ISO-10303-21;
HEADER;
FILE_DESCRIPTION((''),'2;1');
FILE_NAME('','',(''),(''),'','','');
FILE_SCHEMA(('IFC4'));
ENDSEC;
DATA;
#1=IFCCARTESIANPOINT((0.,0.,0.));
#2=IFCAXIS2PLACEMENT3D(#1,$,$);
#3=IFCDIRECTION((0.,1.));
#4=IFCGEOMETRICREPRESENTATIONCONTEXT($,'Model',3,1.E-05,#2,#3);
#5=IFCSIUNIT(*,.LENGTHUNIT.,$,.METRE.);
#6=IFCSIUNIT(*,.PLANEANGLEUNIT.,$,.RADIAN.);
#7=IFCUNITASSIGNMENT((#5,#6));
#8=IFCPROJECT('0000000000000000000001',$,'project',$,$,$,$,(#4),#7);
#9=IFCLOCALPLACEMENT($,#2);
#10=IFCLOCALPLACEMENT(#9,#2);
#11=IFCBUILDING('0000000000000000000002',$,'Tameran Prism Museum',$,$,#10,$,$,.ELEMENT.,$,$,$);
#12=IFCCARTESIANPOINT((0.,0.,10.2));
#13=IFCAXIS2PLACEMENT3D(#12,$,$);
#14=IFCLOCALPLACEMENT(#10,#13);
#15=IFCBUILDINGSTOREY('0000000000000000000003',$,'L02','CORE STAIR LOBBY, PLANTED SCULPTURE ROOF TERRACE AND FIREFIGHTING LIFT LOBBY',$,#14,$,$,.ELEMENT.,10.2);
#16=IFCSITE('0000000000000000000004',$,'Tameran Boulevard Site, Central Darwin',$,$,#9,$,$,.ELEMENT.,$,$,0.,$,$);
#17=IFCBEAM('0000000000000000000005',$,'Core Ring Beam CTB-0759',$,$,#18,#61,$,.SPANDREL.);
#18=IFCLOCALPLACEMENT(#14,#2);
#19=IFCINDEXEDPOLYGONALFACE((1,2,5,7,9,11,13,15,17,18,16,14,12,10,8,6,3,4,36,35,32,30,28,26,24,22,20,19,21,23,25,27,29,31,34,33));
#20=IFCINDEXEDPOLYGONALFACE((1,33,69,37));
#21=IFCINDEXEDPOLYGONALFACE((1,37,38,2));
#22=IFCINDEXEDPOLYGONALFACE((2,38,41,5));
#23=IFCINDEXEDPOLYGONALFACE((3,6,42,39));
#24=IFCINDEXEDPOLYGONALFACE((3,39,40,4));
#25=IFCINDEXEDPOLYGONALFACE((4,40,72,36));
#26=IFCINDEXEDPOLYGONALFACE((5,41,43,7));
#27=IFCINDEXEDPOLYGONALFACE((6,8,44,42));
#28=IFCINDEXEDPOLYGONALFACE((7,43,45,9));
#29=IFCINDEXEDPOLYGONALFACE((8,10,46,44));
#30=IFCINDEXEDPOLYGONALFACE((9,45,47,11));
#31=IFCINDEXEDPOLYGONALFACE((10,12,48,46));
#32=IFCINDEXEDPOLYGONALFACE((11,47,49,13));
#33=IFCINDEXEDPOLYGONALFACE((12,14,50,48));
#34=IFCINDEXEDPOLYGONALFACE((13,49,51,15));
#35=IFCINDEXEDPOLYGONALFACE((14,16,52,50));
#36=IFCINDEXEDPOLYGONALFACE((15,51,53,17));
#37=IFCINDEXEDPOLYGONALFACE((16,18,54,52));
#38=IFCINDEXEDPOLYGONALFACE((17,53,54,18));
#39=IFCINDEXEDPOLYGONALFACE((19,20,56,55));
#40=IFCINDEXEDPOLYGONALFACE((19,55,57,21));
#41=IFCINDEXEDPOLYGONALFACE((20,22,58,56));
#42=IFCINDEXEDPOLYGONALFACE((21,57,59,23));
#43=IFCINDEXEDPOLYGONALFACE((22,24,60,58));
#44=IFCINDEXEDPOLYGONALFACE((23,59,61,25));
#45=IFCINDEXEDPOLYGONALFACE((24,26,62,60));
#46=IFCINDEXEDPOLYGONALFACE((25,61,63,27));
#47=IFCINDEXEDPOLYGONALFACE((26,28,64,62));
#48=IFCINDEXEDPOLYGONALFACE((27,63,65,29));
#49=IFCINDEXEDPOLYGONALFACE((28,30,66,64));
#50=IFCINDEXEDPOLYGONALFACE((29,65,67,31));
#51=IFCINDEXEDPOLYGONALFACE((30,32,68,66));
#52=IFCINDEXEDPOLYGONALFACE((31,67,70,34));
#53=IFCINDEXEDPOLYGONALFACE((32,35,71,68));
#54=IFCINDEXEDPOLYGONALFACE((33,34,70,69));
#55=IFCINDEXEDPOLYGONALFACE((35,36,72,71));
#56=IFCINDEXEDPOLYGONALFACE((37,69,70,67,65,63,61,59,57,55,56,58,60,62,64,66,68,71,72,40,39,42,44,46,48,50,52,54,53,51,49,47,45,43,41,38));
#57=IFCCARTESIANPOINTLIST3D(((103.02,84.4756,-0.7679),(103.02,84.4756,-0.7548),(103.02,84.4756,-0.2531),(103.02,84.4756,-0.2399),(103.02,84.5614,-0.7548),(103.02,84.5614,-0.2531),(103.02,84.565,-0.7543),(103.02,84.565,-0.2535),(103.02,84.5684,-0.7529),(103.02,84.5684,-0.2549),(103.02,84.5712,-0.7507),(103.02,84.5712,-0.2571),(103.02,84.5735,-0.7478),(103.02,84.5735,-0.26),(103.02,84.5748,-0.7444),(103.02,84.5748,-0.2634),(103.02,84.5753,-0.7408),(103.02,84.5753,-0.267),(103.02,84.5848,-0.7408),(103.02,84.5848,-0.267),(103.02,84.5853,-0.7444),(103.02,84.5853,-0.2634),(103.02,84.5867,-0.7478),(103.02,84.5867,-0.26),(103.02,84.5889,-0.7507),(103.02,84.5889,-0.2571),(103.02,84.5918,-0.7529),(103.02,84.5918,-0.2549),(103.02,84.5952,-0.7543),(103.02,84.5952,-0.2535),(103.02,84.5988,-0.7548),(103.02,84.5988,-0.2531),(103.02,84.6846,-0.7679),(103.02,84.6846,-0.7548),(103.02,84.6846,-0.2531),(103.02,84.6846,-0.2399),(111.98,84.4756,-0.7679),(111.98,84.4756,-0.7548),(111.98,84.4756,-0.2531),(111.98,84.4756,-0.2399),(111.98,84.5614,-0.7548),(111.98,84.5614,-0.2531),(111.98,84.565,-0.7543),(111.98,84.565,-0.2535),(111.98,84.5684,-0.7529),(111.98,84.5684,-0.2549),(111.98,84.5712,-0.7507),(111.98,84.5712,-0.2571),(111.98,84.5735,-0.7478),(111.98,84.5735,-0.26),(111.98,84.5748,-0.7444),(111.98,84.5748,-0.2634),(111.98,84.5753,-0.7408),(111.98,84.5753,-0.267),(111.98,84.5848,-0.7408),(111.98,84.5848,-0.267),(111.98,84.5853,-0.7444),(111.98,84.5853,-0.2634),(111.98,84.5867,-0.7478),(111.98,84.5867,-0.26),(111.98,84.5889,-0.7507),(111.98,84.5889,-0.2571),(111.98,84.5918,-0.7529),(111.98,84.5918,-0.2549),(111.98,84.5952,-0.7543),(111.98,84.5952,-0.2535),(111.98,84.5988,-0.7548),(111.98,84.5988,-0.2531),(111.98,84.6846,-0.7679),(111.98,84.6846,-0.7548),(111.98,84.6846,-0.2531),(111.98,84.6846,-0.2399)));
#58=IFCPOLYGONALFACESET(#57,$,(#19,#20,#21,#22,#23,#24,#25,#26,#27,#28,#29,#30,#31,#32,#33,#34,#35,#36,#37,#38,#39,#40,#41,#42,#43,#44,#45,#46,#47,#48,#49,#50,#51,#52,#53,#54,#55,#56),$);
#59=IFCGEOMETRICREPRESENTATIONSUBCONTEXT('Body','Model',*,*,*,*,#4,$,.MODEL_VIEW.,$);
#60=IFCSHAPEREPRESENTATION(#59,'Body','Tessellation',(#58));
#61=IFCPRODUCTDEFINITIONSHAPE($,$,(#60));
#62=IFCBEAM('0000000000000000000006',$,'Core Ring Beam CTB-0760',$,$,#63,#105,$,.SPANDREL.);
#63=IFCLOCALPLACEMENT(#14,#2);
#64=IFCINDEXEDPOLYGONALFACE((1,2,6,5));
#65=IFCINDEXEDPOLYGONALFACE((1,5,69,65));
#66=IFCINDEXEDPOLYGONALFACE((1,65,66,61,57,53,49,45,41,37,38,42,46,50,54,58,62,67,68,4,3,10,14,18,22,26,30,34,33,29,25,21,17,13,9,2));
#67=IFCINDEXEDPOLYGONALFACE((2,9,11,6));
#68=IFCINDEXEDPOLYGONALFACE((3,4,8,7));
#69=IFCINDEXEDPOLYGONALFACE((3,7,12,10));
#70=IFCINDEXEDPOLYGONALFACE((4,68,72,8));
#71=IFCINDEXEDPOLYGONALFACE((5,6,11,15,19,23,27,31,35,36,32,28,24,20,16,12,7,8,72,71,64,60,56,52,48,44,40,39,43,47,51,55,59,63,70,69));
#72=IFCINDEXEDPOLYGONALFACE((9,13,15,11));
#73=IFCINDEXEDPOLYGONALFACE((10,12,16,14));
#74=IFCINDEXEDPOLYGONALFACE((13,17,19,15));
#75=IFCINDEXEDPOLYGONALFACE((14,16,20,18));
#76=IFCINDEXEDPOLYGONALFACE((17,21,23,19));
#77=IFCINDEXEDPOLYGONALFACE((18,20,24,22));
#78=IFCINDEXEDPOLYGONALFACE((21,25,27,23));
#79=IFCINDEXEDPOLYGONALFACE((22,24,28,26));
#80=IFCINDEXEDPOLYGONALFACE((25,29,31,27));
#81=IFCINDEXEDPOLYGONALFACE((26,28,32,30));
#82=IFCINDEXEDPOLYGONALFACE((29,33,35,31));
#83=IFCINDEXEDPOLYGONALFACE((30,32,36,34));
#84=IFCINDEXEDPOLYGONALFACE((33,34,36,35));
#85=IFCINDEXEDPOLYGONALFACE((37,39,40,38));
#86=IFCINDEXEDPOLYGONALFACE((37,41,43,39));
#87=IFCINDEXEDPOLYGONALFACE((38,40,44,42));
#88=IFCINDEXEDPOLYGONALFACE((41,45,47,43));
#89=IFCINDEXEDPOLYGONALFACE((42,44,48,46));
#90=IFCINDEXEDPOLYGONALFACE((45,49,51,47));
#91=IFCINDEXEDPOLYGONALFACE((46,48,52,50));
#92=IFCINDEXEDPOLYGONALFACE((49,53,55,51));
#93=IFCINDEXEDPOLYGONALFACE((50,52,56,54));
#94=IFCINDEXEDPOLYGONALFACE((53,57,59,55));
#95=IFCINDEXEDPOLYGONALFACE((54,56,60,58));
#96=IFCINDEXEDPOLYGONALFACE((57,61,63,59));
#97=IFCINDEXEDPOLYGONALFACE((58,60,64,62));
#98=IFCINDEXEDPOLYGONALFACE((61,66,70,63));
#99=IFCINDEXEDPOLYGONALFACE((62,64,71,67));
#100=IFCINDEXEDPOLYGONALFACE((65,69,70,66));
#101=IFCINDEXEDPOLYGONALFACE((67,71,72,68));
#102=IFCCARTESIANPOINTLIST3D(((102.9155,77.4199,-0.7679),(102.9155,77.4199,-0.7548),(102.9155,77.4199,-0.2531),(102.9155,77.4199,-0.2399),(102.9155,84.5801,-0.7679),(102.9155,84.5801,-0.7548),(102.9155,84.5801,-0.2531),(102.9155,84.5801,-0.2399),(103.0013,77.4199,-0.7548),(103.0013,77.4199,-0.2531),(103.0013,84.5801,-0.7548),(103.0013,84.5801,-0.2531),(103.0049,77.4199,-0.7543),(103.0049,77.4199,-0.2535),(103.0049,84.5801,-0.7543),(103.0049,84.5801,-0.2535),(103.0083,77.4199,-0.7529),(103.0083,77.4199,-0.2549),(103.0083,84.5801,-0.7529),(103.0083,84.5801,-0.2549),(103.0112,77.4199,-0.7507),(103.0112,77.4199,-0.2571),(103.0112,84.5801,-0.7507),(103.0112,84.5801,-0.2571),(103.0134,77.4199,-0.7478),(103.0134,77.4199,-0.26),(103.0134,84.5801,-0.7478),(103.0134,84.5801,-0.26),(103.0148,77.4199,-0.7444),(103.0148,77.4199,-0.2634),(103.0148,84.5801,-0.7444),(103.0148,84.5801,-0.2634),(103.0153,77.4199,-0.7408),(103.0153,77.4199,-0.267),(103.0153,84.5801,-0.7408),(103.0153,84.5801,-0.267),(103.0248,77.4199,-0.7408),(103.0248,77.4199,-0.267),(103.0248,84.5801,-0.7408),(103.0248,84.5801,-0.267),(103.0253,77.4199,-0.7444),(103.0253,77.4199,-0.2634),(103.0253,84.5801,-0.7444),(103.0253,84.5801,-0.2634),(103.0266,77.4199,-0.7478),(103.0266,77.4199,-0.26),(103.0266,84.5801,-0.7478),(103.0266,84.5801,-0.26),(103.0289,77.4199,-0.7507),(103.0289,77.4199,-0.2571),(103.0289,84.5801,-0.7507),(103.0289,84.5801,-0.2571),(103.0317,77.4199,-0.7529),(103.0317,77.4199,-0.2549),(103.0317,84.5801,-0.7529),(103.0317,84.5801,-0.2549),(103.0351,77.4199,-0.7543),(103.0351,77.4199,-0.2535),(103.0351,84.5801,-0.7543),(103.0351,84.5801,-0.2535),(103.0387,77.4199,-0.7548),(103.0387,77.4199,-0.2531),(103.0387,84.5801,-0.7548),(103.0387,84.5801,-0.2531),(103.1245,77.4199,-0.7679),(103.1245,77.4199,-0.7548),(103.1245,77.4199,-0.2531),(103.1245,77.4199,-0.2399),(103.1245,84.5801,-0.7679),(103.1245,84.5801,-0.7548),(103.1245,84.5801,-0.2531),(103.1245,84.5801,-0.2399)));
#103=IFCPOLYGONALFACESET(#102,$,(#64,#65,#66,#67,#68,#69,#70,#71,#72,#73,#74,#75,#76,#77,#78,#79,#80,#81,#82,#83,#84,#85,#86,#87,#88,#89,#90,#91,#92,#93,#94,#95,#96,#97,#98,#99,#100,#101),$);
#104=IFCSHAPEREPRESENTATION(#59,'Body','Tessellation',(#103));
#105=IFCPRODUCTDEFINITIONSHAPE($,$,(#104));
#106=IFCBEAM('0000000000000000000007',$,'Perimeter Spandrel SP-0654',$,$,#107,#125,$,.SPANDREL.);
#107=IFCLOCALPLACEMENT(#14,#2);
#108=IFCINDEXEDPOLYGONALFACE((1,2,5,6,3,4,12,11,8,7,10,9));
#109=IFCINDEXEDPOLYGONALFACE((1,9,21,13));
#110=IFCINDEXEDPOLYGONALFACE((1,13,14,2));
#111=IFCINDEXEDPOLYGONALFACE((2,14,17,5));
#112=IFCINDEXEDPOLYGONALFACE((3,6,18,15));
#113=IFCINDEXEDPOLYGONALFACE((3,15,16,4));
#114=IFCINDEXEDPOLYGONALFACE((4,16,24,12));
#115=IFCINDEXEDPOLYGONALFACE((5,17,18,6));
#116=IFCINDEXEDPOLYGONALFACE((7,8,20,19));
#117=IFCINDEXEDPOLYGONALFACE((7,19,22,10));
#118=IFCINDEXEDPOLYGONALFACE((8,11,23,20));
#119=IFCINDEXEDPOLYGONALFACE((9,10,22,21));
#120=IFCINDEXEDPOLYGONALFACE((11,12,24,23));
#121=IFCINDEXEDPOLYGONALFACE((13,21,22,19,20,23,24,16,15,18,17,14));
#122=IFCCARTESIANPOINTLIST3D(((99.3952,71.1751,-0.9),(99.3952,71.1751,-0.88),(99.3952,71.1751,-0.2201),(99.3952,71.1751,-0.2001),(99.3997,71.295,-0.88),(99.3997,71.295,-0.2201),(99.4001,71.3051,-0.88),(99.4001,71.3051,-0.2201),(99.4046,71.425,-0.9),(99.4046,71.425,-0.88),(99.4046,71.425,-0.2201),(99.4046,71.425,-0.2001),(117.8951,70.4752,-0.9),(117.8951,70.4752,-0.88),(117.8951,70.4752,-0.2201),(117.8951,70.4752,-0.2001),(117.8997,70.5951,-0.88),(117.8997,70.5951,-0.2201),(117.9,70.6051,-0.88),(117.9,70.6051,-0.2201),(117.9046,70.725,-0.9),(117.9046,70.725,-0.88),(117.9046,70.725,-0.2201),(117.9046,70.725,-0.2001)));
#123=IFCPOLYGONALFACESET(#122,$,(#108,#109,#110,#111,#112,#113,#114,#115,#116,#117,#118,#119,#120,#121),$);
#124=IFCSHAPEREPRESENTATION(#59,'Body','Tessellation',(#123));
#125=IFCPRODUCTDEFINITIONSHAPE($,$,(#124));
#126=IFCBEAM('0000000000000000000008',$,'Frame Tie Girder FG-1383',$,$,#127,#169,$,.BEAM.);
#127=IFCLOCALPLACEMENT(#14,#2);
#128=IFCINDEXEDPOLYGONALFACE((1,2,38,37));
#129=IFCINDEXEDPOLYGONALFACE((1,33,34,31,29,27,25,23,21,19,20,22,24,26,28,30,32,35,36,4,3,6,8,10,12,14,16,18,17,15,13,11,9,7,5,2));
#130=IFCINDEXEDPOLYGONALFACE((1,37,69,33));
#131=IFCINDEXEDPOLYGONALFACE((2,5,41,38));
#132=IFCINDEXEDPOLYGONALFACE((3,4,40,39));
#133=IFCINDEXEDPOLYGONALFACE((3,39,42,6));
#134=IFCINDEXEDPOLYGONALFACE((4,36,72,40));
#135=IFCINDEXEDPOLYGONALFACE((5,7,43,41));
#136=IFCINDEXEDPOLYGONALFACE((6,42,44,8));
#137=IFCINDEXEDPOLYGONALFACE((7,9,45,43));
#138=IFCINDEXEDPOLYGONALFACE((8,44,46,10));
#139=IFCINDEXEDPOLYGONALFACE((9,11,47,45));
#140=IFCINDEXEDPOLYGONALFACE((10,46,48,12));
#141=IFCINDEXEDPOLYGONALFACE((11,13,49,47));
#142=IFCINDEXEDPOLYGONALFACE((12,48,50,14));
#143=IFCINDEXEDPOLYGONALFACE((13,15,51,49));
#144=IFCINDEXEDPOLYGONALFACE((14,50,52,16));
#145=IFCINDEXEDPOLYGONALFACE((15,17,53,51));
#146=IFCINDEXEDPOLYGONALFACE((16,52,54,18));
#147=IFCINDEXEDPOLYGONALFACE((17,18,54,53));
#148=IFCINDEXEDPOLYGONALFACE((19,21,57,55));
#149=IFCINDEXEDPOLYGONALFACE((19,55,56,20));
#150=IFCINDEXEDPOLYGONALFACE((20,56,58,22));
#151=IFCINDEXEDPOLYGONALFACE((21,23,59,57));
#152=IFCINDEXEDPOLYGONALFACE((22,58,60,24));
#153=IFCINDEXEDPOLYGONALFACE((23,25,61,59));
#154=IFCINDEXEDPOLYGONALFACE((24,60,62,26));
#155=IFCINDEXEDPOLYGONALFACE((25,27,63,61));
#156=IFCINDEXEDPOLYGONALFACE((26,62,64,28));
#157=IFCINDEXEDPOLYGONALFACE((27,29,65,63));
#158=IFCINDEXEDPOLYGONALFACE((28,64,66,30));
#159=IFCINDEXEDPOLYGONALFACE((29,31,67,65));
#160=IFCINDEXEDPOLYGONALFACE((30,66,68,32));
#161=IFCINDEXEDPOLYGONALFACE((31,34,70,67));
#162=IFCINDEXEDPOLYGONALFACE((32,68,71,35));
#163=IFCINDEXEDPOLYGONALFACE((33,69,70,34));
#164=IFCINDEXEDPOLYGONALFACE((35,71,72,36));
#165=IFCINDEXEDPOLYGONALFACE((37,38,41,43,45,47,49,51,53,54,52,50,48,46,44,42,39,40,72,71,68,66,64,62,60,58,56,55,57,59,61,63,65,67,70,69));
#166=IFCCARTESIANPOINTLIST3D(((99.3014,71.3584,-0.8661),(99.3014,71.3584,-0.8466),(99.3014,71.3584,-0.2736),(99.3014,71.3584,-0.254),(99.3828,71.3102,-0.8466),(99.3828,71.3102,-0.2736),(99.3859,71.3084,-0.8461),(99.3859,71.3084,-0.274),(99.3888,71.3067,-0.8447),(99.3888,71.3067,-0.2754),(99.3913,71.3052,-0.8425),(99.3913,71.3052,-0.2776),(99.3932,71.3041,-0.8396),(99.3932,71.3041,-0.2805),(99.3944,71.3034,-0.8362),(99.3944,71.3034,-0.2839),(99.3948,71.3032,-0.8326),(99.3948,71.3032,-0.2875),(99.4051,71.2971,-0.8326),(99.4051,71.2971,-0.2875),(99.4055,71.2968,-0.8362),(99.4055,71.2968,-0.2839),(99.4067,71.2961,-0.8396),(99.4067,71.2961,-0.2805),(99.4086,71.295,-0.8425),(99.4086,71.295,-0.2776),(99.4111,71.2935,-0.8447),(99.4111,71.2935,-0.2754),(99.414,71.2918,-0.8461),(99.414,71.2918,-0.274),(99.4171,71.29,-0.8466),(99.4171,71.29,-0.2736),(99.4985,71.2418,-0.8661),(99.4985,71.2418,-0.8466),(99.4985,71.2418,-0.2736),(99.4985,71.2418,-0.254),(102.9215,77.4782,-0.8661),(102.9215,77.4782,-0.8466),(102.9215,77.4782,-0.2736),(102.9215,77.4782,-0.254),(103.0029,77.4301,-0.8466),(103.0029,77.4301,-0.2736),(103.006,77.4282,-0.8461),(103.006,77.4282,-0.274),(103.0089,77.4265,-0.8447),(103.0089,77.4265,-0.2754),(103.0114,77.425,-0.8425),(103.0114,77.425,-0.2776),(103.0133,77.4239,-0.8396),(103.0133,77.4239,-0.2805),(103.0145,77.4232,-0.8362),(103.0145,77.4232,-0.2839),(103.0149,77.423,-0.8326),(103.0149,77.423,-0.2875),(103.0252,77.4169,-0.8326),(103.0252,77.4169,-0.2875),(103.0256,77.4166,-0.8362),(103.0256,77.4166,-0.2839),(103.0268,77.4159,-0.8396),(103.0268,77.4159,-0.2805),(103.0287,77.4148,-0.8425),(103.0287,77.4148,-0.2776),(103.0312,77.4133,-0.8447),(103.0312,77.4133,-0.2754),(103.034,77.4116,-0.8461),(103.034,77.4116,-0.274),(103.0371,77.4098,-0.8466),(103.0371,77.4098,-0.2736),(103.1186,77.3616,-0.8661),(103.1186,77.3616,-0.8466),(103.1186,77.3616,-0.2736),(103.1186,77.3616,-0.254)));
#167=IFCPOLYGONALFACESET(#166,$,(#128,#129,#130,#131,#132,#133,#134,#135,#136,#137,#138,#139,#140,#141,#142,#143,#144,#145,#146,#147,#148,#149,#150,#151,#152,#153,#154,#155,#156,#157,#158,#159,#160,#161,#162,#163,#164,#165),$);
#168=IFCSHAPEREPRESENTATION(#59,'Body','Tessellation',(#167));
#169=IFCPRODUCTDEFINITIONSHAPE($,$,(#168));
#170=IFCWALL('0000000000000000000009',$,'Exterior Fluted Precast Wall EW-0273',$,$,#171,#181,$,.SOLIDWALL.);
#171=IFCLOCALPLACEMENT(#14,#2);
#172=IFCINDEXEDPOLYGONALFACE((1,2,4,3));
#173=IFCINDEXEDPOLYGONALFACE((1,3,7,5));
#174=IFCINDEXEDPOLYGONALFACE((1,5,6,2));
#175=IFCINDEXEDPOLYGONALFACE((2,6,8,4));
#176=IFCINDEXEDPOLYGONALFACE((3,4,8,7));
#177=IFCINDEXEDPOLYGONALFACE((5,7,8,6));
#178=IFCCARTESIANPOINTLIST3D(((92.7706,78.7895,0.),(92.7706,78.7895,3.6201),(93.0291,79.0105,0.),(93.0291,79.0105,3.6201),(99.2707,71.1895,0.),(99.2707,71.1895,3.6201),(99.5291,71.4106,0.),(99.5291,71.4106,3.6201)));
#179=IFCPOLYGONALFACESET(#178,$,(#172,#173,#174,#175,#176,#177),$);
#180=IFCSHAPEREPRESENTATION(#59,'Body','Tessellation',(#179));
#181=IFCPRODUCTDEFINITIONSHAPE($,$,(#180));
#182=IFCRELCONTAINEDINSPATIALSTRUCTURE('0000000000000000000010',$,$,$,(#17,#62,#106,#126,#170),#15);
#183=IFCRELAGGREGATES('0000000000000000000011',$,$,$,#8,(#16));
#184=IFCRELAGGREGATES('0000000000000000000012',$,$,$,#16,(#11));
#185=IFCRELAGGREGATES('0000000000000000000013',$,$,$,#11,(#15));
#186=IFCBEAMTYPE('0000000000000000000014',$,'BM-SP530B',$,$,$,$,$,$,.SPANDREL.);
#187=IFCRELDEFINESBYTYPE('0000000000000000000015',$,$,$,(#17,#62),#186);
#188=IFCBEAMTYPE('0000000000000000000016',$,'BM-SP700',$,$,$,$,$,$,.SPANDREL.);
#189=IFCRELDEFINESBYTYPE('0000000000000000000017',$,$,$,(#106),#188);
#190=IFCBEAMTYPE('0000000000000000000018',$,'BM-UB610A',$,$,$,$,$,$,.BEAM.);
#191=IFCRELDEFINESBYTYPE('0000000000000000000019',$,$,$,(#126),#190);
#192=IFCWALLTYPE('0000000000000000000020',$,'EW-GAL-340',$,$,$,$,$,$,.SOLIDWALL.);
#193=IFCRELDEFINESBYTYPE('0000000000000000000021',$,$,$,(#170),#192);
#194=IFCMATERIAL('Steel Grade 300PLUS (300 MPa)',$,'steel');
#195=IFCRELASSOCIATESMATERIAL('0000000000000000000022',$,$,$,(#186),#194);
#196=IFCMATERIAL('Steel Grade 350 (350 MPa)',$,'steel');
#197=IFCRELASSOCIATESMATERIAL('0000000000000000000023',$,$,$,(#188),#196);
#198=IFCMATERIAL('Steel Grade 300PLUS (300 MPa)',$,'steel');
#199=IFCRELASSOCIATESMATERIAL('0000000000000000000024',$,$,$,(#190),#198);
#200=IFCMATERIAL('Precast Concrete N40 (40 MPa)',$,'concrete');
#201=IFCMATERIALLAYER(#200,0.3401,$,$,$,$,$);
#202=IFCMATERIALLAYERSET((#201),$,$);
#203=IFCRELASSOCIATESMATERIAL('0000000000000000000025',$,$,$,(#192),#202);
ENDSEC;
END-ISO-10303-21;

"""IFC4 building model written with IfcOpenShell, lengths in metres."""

from ifc_helpers import new_model, si_unit, direction, frame, frame_2d, origin, origin_2d, place, context, subcontext, project, spatial, rectangle, i_section, extrude, material, layer, layer_set, material_profile, profile_set, type_object, element, save


model = new_model("IFC4")

# Units and contexts
model_context = context("Model", 3, precision=1e-05, world=origin(), true_north=direction((0.0, 1.0)))
body_context = subcontext(model_context, "Body", "Model", "MODEL_VIEW")
ifc_project = project(units=[si_unit("LENGTHUNIT", "METRE"), si_unit("PLANEANGLEUNIT", "RADIAN")], contexts=[model_context])

# Site, building, storey
site_placement = place(None, origin())
site = spatial("IfcSite", under=ifc_project, at=site_placement, Name="Tameran Boulevard Site, Central Darwin", CompositionType="ELEMENT", RefElevation=0.0)
building_placement = place(site_placement, origin())
building = spatial("IfcBuilding", under=site, at=building_placement, Name="Tameran Prism Museum", CompositionType="ELEMENT")
storey_placement = place(building_placement, frame((0.0, 0.0, 10.2)))
storey = spatial("IfcBuildingStorey", under=building, at=storey_placement, Name="L02", Description="CORE STAIR LOBBY, PLANTED SCULPTURE ROOF TERRACE AND FIREFIGHTING LIFT LOBBY", CompositionType="ELEMENT", Elevation=10.2)

# Beams
ifc_material_1 = material(Name="Steel Grade 300PLUS (300 MPa)", Category="steel")
ifc_material_profile_1 = material_profile(ifc_material_1, i_section(OverallWidth=0.209, OverallDepth=0.5281, WebThickness=0.0095, FlangeThickness=0.0132, FilletRadius=0.0139, at=origin_2d()))
ifc_profile_set_1 = profile_set([ifc_material_profile_1])
beam_type_1 = type_object("IfcBeamType", Name="BM-SP530B", PredefinedType="SPANDREL", material=ifc_profile_set_1)
beam_1_placement = place(storey_placement, frame((111.98, 84.5801, -0.5039), z_axis=(-1.0, 0.0, 0.0), x_axis=(0.0, -1.0, 0.0)))
element("IfcBeam", 1, at=beam_1_placement, inside=storey, type_object=beam_type_1, Name="Core Ring Beam CTB-0759", PredefinedType="SPANDREL", context=body_context, shape_type="SweptSolid", body=[
    extrude(i_section(OverallWidth=0.209, OverallDepth=0.5281, WebThickness=0.0095, FlangeThickness=0.0132, FilletRadius=0.0139, at=origin_2d()), origin(), (0.0, 0.0, 1.0), 8.96),
])
beam_2_placement = place(storey_placement, frame((103.02, 84.5801, -0.5039), z_axis=(0.0, -1.0, 0.0), x_axis=(1.0, 0.0, 0.0)))
element("IfcBeam", 2, at=beam_2_placement, inside=storey, type_object=beam_type_1, Name="Core Ring Beam CTB-0760", PredefinedType="SPANDREL", context=body_context, shape_type="SweptSolid", body=[
    extrude(i_section(OverallWidth=0.209, OverallDepth=0.5281, WebThickness=0.0095, FlangeThickness=0.0132, FilletRadius=0.0139, at=origin_2d()), origin(), (0.0, 0.0, 1.0), 7.1602),
])
ifc_material_2 = material(Name="Steel Grade 350 (350 MPa)", Category="steel")
ifc_material_profile_2 = material_profile(ifc_material_2, i_section(OverallWidth=0.25, OverallDepth=0.7, WebThickness=0.01, FlangeThickness=0.02, at=origin_2d()))
ifc_profile_set_2 = profile_set([ifc_material_profile_2])
beam_type_2 = type_object("IfcBeamType", Name="BM-SP700", PredefinedType="SPANDREL", material=ifc_profile_set_2)
beam_3_placement = place(storey_placement, frame((99.3999, 71.3, -0.55), z_axis=(0.999285, -0.037808, 0.0), x_axis=(0.037808, 0.999285, 0.0)))
element("IfcBeam", 3, at=beam_3_placement, inside=storey, type_object=beam_type_2, Name="Perimeter Spandrel SP-0654", PredefinedType="SPANDREL", context=body_context, shape_type="SweptSolid", body=[
    extrude(i_section(OverallWidth=0.25, OverallDepth=0.7, WebThickness=0.01, FlangeThickness=0.02, at=origin_2d()), origin(), (0.0, 0.0, 1.0), 18.5132),
])
ifc_material_3 = material(Name="Steel Grade 300PLUS (300 MPa)", Category="steel")
ifc_material_profile_3 = material_profile(ifc_material_3, i_section(OverallWidth=0.229, OverallDepth=0.6121, WebThickness=0.012, FlangeThickness=0.0195, FilletRadius=0.0139, at=origin_2d()))
ifc_profile_set_3 = profile_set([ifc_material_profile_3])
beam_type_3 = type_object("IfcBeamType", Name="BM-UB610A", PredefinedType="BEAM", material=ifc_profile_set_3)
beam_4_placement = place(storey_placement, frame((103.02, 77.4199, -0.5601), z_axis=(-0.509128, -0.860691, 0.0), x_axis=(0.860691, -0.509128, 0.0)))
element("IfcBeam", 4, at=beam_4_placement, inside=storey, type_object=beam_type_3, Name="Frame Tie Girder FG-1383", PredefinedType="BEAM", context=body_context, shape_type="SweptSolid", body=[
    extrude(i_section(OverallWidth=0.229, OverallDepth=0.6121, WebThickness=0.012, FlangeThickness=0.0195, FilletRadius=0.0139, at=origin_2d()), origin(), (0.0, 0.0, 1.0), 7.1104),
])

# Wall
ifc_material_4 = material(Name="Precast Concrete N40 (40 MPa)", Category="concrete")
ifc_layer_1 = layer(ifc_material_4, 0.3401)
ifc_layer_set_1 = layer_set([ifc_layer_1])
wall_type_1 = type_object("IfcWallType", Name="EW-GAL-340", PredefinedType="SOLIDWALL", material=ifc_layer_set_1)
wall_1_placement = place(storey_placement, frame((99.3999, 71.3, 0.0), z_axis=(0.0, 0.0, 1.0), x_axis=(-0.649975, 0.759956, 0.0)))
element("IfcWall", 5, at=wall_1_placement, inside=storey, type_object=wall_type_1, Name="Exterior Fluted Precast Wall EW-0273", PredefinedType="SOLIDWALL", context=body_context, shape_type="SweptSolid", body=[
    extrude(rectangle(XDim=10.0005, YDim=0.3401, at=frame_2d((5.0002, 0.0))), origin(), (0.0, 0.0, 1.0), 3.6201),
])

save(model, "model.ifc")
